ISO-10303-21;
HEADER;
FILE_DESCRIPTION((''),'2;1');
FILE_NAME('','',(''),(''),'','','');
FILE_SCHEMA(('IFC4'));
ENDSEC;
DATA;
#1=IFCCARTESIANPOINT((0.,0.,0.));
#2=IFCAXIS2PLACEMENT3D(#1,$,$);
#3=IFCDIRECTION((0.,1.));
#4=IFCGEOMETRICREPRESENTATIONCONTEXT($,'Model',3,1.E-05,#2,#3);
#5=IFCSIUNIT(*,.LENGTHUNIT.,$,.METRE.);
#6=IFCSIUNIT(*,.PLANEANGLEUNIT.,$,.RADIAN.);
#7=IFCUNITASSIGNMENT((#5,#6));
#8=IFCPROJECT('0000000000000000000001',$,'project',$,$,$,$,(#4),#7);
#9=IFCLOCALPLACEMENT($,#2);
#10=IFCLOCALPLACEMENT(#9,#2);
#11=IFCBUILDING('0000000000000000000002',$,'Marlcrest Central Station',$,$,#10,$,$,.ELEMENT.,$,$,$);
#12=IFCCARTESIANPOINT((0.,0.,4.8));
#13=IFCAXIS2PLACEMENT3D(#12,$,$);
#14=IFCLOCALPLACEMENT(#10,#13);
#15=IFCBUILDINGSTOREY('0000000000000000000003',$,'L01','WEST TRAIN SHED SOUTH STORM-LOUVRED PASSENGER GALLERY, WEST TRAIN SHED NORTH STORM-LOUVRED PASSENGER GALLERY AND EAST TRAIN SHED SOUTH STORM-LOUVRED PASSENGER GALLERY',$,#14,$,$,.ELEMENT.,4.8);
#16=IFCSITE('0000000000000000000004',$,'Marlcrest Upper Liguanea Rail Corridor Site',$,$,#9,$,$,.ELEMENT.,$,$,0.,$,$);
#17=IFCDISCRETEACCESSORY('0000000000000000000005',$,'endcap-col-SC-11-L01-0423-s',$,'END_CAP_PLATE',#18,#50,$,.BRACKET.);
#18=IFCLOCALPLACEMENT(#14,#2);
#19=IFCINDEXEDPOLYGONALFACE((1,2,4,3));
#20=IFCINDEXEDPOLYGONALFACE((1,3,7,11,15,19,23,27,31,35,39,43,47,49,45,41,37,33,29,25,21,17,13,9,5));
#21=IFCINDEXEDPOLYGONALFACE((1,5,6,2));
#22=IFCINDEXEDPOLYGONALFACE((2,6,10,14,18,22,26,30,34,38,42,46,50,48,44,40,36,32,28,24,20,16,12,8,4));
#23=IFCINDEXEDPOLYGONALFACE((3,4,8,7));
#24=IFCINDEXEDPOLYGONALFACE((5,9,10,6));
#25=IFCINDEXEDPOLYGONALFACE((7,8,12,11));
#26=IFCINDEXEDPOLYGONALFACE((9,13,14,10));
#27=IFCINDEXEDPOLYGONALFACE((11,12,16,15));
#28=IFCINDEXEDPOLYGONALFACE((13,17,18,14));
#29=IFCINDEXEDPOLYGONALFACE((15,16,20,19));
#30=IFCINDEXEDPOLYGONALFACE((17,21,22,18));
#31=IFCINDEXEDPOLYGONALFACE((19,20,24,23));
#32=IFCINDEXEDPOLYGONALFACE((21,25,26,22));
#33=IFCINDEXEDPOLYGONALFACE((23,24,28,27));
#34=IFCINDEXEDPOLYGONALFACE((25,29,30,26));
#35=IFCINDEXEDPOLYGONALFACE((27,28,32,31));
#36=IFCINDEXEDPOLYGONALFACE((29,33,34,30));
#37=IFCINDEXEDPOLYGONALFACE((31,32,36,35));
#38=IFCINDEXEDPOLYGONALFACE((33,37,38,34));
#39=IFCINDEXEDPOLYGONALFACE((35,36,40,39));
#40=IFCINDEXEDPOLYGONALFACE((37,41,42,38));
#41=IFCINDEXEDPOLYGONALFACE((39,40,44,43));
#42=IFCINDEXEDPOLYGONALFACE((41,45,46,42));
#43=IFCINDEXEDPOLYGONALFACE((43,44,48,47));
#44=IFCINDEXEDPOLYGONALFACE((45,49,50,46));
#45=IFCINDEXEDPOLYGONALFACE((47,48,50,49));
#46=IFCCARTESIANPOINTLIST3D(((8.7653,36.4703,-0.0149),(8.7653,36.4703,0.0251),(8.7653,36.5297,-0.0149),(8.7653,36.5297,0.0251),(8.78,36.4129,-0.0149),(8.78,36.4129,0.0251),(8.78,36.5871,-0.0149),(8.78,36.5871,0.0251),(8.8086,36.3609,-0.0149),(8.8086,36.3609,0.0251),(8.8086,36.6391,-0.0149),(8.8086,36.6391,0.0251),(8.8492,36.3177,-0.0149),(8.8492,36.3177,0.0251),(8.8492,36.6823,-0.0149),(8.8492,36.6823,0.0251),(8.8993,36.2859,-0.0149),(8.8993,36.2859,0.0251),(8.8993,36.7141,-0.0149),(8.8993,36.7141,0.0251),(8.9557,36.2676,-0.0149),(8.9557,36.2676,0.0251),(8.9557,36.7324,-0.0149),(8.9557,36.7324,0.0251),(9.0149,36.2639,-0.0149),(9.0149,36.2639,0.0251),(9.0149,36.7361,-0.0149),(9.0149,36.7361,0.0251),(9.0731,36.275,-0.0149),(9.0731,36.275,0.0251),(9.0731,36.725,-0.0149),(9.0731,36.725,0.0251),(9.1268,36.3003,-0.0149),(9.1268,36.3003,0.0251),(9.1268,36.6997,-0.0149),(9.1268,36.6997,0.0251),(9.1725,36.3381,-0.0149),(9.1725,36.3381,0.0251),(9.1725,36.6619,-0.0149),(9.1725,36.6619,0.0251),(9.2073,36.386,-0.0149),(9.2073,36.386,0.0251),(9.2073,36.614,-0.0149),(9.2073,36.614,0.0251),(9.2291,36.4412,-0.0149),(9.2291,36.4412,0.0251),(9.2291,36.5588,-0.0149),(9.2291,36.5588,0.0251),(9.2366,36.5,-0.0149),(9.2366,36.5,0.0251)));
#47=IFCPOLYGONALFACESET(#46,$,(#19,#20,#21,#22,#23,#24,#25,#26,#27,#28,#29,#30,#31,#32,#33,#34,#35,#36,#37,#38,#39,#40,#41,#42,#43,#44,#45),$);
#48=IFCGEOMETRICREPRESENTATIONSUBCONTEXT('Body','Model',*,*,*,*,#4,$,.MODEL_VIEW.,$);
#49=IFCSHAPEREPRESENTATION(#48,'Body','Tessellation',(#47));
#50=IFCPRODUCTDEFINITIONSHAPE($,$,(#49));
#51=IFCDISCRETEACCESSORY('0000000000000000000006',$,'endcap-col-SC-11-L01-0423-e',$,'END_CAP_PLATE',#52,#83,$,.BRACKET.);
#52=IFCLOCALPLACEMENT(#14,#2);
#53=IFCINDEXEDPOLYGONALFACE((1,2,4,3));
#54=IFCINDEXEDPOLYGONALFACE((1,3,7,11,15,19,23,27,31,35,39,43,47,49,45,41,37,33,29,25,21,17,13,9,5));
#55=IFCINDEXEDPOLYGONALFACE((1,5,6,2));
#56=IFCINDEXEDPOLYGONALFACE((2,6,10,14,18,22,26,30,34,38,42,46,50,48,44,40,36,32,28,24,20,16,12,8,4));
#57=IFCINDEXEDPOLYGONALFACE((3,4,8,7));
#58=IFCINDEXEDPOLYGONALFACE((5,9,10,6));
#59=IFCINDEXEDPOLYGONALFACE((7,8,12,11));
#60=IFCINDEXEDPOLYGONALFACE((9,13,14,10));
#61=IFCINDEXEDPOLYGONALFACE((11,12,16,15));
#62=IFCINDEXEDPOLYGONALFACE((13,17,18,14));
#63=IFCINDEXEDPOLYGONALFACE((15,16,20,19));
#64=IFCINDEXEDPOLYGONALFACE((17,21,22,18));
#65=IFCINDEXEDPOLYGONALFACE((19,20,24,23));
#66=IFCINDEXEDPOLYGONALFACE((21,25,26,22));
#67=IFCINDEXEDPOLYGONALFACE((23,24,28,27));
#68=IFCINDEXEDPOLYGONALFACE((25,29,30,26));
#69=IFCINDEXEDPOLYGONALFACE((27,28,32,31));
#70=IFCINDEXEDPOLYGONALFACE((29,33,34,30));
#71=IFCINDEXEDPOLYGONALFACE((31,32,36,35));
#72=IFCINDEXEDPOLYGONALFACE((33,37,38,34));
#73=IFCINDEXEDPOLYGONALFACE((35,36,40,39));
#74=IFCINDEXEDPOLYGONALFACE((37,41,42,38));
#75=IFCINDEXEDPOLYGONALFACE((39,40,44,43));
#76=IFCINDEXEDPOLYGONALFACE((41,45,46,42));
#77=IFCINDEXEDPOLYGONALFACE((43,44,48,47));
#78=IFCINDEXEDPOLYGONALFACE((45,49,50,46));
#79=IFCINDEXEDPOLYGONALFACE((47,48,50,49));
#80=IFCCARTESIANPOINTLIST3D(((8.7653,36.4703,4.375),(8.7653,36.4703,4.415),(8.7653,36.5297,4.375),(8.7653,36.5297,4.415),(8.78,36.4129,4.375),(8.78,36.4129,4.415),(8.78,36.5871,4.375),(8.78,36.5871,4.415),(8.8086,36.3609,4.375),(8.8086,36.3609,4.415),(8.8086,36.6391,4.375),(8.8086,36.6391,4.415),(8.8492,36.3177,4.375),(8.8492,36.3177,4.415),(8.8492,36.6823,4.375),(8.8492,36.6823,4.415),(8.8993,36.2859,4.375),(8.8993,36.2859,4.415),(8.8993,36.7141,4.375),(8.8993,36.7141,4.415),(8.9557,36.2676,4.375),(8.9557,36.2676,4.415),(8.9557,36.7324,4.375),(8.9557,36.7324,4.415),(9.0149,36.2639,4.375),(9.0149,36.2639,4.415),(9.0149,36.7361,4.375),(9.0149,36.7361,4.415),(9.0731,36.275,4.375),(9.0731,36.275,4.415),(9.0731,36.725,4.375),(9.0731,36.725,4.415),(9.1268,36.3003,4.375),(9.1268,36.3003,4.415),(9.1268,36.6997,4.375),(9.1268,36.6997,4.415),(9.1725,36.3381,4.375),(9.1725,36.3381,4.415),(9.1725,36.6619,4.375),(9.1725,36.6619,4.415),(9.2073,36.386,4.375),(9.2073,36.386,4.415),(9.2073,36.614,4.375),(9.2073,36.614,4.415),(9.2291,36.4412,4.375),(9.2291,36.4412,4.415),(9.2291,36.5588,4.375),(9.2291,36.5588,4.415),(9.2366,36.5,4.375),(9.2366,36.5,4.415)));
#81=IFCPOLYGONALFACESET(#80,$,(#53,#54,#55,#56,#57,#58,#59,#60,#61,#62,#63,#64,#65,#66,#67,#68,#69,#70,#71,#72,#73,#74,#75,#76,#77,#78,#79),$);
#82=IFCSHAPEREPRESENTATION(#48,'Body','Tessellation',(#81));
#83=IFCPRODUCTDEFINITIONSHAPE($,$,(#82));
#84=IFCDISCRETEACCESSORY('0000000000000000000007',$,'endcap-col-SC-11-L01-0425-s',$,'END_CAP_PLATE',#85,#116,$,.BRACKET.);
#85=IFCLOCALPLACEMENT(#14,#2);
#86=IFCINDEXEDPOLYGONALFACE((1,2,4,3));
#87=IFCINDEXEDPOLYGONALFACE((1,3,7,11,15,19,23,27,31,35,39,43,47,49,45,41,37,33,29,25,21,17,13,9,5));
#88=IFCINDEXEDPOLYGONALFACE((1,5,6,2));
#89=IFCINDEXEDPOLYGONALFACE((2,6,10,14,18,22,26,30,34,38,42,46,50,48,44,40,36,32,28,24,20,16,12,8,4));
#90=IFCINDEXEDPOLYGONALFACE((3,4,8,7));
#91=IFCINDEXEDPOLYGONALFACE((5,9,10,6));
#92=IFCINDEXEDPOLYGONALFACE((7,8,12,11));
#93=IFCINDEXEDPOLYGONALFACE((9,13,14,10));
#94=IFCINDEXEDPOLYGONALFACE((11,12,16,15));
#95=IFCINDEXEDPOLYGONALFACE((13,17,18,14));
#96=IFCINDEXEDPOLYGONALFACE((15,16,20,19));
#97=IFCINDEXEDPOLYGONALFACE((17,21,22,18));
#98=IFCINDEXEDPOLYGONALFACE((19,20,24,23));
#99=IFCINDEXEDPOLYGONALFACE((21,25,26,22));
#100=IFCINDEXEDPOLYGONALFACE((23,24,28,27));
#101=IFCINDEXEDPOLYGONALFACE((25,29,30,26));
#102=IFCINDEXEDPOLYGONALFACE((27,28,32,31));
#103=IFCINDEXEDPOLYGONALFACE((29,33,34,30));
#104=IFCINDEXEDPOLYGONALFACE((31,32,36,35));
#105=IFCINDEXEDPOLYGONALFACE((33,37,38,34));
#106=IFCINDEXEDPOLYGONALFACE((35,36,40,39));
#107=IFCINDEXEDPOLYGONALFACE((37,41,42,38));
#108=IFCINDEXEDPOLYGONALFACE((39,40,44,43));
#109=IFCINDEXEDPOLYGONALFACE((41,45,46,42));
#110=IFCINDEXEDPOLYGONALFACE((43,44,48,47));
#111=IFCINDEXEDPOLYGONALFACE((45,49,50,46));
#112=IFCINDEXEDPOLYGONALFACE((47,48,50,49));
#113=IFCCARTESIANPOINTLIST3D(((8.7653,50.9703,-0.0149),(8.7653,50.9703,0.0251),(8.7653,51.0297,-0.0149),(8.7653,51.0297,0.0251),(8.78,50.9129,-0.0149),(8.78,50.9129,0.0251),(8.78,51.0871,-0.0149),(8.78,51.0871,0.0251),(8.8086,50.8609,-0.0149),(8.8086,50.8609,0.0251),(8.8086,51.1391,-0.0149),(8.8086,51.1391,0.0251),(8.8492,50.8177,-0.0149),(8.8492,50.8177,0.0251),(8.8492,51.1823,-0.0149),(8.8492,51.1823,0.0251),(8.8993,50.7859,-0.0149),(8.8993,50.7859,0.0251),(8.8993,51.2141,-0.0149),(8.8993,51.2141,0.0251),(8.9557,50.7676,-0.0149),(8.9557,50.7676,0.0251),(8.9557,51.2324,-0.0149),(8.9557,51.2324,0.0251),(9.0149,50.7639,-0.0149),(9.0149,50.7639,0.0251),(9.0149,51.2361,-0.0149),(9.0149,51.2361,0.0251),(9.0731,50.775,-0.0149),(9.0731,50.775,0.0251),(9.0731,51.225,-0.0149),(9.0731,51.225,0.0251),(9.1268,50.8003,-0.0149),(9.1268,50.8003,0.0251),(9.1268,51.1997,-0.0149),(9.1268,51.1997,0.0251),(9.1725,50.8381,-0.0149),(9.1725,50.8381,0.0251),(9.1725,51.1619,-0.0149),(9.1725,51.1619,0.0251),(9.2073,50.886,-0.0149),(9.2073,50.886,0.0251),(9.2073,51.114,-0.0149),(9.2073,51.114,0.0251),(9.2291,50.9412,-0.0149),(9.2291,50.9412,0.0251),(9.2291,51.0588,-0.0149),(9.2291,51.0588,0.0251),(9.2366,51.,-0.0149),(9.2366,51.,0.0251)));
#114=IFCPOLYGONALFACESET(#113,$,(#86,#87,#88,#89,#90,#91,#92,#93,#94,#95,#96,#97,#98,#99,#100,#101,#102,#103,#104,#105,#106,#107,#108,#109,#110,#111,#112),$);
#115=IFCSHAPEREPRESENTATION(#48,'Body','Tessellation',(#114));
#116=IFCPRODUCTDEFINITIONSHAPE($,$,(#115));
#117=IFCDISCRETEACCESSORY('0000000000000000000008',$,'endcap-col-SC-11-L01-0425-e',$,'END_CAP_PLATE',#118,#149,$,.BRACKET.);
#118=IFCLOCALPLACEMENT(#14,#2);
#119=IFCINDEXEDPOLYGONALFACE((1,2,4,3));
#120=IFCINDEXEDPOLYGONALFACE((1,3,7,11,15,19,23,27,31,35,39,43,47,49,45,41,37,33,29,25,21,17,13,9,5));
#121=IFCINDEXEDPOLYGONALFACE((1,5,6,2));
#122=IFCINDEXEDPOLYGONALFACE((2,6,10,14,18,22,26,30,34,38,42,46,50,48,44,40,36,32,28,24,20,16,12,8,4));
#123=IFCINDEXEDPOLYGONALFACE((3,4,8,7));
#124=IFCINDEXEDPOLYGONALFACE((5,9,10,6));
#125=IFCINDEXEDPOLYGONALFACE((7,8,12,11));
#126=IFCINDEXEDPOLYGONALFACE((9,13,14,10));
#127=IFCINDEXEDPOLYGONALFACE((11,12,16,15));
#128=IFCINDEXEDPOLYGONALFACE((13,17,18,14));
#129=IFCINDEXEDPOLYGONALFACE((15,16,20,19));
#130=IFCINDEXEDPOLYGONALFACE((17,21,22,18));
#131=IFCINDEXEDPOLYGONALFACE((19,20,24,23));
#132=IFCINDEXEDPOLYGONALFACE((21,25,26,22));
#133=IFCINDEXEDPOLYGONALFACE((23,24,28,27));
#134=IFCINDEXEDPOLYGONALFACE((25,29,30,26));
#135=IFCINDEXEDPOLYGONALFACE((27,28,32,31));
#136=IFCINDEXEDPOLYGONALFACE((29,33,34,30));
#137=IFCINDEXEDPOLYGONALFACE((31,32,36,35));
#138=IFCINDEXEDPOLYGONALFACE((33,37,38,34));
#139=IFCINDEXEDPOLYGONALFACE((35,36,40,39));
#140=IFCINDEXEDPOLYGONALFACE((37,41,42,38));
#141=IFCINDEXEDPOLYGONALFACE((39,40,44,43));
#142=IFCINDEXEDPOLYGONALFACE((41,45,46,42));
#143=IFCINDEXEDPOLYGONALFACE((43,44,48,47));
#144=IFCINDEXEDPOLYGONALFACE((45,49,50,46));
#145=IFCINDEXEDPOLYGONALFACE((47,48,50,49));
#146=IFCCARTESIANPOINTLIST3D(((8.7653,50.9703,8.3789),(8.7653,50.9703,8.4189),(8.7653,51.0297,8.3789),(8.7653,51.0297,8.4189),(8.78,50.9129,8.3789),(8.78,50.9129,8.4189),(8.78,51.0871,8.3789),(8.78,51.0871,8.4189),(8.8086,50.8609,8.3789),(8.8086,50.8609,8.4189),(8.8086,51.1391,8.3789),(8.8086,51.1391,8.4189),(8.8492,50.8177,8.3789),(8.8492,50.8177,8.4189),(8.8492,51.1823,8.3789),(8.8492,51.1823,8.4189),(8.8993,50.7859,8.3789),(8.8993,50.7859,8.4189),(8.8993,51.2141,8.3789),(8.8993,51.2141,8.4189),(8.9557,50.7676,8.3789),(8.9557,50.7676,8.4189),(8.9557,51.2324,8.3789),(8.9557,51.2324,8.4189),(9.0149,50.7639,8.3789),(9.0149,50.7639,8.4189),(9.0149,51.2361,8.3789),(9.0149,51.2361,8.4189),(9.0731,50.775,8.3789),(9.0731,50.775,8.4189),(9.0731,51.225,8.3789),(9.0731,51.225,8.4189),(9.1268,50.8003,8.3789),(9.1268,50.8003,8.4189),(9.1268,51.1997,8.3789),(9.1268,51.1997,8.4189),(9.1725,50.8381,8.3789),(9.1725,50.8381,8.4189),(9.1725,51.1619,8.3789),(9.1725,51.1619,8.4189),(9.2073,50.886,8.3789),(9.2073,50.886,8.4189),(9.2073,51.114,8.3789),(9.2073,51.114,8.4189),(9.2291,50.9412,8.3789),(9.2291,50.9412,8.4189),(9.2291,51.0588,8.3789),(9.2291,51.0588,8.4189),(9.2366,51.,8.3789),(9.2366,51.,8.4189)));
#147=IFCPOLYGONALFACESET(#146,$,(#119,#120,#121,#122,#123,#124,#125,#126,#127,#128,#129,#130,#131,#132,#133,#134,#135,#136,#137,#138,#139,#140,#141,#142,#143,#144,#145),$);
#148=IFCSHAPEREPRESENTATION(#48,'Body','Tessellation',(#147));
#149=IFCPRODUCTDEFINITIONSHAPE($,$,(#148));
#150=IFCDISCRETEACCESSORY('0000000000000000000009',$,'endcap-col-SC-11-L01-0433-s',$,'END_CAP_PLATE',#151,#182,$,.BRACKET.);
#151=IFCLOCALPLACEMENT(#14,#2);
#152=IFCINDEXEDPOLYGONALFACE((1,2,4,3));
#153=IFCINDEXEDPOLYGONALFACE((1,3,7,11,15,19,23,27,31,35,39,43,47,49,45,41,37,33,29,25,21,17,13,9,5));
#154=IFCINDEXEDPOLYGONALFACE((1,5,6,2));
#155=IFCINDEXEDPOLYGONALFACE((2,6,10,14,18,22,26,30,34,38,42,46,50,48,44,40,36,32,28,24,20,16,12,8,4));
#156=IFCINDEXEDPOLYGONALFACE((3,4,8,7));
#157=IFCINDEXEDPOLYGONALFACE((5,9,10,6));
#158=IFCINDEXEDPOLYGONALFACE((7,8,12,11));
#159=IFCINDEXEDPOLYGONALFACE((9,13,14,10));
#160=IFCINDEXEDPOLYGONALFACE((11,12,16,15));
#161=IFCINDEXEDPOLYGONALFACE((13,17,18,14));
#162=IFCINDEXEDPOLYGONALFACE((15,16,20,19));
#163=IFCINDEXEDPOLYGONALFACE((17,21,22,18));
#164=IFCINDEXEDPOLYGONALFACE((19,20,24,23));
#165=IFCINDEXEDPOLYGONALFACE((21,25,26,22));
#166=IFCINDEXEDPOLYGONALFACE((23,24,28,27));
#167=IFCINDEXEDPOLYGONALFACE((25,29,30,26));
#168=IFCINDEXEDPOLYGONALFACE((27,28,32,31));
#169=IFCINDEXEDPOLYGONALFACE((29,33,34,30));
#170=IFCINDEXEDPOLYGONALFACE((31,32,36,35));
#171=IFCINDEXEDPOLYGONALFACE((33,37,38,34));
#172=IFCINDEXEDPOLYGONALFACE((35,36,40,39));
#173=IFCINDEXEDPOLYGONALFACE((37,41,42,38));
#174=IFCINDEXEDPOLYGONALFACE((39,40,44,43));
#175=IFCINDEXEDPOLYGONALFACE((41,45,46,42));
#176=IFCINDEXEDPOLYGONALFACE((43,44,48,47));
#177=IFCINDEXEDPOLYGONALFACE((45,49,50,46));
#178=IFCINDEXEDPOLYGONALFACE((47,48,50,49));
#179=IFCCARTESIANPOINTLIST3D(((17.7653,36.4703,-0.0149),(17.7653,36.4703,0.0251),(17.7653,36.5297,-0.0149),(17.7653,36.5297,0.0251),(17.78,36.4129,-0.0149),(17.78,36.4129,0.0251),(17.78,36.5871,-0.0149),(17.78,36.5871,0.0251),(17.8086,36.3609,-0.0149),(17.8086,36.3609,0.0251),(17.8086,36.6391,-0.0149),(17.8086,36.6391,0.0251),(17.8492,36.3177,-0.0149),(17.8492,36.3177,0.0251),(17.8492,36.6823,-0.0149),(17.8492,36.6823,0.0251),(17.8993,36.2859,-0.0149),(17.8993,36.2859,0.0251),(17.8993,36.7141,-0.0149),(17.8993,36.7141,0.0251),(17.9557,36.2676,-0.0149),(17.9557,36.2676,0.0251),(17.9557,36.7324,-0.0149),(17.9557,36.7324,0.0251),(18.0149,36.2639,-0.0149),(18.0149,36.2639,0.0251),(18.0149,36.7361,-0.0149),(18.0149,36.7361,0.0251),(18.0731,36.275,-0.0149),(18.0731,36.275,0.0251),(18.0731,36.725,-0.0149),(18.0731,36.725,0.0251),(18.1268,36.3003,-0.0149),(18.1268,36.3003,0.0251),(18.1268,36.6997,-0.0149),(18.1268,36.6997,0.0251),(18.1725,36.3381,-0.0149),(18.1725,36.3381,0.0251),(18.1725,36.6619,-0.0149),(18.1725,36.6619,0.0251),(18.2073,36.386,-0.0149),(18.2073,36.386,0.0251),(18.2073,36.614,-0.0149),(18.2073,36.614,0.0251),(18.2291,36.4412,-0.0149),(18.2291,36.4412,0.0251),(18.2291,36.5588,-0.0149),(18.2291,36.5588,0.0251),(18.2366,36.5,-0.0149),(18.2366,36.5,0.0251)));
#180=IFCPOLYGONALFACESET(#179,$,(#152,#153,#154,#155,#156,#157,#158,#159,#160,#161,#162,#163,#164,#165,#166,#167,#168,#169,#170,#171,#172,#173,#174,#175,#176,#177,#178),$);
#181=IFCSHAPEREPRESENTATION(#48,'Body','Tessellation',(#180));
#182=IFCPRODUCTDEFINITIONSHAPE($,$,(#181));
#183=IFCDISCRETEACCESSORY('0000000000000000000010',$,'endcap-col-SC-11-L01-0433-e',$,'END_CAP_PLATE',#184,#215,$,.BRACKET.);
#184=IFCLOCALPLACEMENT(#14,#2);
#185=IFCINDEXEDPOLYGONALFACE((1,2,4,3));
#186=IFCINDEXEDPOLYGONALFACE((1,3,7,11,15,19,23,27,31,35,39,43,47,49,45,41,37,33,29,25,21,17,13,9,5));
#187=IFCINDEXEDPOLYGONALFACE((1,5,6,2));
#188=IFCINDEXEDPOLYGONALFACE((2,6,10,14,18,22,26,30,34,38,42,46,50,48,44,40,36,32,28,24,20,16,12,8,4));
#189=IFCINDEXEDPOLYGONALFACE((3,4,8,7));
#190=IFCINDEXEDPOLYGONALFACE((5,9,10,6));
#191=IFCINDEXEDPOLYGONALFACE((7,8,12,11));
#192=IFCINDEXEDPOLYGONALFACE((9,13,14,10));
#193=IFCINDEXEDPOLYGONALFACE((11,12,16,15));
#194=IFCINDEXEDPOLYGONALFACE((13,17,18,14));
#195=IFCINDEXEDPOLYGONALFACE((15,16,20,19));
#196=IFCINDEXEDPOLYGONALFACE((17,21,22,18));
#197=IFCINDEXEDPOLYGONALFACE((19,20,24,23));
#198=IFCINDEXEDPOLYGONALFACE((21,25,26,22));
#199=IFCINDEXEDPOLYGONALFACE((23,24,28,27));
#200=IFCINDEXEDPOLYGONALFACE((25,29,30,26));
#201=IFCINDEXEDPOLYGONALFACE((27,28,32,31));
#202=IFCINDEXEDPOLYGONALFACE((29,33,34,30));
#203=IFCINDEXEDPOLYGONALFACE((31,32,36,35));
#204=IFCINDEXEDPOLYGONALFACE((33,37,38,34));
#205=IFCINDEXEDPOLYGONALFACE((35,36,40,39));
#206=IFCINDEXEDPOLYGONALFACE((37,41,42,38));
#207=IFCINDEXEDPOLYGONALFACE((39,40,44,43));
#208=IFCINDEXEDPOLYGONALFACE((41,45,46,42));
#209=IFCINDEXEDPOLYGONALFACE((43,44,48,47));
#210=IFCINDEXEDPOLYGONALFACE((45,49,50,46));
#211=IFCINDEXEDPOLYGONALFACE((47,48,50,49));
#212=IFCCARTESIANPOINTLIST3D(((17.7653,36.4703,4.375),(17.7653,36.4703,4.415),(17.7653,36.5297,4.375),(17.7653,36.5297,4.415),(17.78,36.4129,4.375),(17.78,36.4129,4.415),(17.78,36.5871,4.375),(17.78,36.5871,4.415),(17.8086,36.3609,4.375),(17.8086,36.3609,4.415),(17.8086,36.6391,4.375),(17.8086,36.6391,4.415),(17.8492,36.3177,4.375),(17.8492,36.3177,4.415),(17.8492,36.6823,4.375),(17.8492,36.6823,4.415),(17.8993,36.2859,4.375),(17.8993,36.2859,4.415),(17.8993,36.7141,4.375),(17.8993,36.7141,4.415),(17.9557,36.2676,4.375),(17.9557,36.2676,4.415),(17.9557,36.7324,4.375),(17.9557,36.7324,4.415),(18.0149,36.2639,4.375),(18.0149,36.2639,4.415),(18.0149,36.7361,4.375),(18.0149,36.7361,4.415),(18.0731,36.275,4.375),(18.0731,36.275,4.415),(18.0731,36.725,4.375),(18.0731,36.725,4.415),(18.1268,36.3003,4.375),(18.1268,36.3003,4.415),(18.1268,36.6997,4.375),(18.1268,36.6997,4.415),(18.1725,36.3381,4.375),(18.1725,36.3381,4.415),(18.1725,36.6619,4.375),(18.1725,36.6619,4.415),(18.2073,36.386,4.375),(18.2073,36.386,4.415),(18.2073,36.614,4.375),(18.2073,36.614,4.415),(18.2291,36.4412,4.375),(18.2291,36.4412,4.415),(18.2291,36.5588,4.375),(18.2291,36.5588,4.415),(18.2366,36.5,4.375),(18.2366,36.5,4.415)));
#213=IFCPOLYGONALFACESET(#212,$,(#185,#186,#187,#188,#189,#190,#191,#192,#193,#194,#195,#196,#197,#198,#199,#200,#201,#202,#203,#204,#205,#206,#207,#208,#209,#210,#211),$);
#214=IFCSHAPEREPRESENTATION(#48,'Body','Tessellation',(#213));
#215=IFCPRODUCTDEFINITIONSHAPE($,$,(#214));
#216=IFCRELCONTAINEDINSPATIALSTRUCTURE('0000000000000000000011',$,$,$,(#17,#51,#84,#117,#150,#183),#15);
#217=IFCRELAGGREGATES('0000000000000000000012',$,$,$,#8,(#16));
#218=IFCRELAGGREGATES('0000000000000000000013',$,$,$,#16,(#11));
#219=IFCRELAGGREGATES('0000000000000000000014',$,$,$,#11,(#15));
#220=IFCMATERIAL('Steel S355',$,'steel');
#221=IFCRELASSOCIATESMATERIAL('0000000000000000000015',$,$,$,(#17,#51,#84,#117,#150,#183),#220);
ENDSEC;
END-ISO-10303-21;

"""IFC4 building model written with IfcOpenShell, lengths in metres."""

from ifc_helpers import new_model, si_unit, direction, frame, origin, origin_2d, place, context, subcontext, project, spatial, circle, extrude, material, element, save


model = new_model("IFC4")

# Units and contexts
model_context = context("Model", 3, precision=1e-05, world=origin(), true_north=direction((0.0, 1.0)))
body_context = subcontext(model_context, "Body", "Model", "MODEL_VIEW")
ifc_project = project(units=[si_unit("LENGTHUNIT", "METRE"), si_unit("PLANEANGLEUNIT", "RADIAN")], contexts=[model_context])

# Site, building, storey
site_placement = place(None, origin())
site = spatial("IfcSite", under=ifc_project, at=site_placement, Name="Marlcrest Upper Liguanea Rail Corridor Site", CompositionType="ELEMENT", RefElevation=0.0)
building_placement = place(site_placement, origin())
building = spatial("IfcBuilding", under=site, at=building_placement, Name="Marlcrest Central Station", CompositionType="ELEMENT")
storey_placement = place(building_placement, frame((0.0, 0.0, 4.8)))
storey = spatial("IfcBuildingStorey", under=building, at=storey_placement, Name="L01", Description="WEST TRAIN SHED SOUTH STORM-LOUVRED PASSENGER GALLERY, WEST TRAIN SHED NORTH STORM-LOUVRED PASSENGER GALLERY AND EAST TRAIN SHED SOUTH STORM-LOUVRED PASSENGER GALLERY", CompositionType="ELEMENT", Elevation=4.8)

# Shared definitions
ifc_material_1 = material(Name="Steel S355", Category="steel")

# Discrete accessories
for number, where, z_axis, x_axis, name in (
    (1, (9.0, 36.5, -0.0149), (0.0, 0.0, 1.0), (1.0, 0.0, 0.0), "endcap-col-SC-11-L01-0423-s"),
    (2, (9.0, 36.5, 4.375), (0.0, 0.0, 1.0), (1.0, 0.0, 0.0), "endcap-col-SC-11-L01-0423-e"),
    (3, (9.0, 51.0, -0.0149), (0.0, 0.0, 1.0), (1.0, 0.0, 0.0), "endcap-col-SC-11-L01-0425-s"),
    (4, (9.0, 51.0, 8.3789), (0.0, 0.0, 1.0), (1.0, 0.0, 0.0), "endcap-col-SC-11-L01-0425-e"),
    (5, (18.0, 36.5, -0.0149), (0.0, 0.0, 1.0), (1.0, 0.0, 0.0), "endcap-col-SC-11-L01-0433-s"),
    (6, (18.0, 36.5, 4.375), (0.0, 0.0, 1.0), (1.0, 0.0, 0.0), "endcap-col-SC-11-L01-0433-e"),
):
    element("IfcDiscreteAccessory", number, at=place(storey_placement, frame(where, z_axis=z_axis, x_axis=x_axis)), inside=storey, material=ifc_material_1, Name=name, ObjectType="END_CAP_PLATE", PredefinedType="BRACKET", context=body_context, shape_type="SweptSolid", body=[
        extrude(circle(Radius=0.2366, at=origin_2d()), origin(), (0.0, 0.0, 1.0), 0.04),
    ])

save(model, "model.ifc")
